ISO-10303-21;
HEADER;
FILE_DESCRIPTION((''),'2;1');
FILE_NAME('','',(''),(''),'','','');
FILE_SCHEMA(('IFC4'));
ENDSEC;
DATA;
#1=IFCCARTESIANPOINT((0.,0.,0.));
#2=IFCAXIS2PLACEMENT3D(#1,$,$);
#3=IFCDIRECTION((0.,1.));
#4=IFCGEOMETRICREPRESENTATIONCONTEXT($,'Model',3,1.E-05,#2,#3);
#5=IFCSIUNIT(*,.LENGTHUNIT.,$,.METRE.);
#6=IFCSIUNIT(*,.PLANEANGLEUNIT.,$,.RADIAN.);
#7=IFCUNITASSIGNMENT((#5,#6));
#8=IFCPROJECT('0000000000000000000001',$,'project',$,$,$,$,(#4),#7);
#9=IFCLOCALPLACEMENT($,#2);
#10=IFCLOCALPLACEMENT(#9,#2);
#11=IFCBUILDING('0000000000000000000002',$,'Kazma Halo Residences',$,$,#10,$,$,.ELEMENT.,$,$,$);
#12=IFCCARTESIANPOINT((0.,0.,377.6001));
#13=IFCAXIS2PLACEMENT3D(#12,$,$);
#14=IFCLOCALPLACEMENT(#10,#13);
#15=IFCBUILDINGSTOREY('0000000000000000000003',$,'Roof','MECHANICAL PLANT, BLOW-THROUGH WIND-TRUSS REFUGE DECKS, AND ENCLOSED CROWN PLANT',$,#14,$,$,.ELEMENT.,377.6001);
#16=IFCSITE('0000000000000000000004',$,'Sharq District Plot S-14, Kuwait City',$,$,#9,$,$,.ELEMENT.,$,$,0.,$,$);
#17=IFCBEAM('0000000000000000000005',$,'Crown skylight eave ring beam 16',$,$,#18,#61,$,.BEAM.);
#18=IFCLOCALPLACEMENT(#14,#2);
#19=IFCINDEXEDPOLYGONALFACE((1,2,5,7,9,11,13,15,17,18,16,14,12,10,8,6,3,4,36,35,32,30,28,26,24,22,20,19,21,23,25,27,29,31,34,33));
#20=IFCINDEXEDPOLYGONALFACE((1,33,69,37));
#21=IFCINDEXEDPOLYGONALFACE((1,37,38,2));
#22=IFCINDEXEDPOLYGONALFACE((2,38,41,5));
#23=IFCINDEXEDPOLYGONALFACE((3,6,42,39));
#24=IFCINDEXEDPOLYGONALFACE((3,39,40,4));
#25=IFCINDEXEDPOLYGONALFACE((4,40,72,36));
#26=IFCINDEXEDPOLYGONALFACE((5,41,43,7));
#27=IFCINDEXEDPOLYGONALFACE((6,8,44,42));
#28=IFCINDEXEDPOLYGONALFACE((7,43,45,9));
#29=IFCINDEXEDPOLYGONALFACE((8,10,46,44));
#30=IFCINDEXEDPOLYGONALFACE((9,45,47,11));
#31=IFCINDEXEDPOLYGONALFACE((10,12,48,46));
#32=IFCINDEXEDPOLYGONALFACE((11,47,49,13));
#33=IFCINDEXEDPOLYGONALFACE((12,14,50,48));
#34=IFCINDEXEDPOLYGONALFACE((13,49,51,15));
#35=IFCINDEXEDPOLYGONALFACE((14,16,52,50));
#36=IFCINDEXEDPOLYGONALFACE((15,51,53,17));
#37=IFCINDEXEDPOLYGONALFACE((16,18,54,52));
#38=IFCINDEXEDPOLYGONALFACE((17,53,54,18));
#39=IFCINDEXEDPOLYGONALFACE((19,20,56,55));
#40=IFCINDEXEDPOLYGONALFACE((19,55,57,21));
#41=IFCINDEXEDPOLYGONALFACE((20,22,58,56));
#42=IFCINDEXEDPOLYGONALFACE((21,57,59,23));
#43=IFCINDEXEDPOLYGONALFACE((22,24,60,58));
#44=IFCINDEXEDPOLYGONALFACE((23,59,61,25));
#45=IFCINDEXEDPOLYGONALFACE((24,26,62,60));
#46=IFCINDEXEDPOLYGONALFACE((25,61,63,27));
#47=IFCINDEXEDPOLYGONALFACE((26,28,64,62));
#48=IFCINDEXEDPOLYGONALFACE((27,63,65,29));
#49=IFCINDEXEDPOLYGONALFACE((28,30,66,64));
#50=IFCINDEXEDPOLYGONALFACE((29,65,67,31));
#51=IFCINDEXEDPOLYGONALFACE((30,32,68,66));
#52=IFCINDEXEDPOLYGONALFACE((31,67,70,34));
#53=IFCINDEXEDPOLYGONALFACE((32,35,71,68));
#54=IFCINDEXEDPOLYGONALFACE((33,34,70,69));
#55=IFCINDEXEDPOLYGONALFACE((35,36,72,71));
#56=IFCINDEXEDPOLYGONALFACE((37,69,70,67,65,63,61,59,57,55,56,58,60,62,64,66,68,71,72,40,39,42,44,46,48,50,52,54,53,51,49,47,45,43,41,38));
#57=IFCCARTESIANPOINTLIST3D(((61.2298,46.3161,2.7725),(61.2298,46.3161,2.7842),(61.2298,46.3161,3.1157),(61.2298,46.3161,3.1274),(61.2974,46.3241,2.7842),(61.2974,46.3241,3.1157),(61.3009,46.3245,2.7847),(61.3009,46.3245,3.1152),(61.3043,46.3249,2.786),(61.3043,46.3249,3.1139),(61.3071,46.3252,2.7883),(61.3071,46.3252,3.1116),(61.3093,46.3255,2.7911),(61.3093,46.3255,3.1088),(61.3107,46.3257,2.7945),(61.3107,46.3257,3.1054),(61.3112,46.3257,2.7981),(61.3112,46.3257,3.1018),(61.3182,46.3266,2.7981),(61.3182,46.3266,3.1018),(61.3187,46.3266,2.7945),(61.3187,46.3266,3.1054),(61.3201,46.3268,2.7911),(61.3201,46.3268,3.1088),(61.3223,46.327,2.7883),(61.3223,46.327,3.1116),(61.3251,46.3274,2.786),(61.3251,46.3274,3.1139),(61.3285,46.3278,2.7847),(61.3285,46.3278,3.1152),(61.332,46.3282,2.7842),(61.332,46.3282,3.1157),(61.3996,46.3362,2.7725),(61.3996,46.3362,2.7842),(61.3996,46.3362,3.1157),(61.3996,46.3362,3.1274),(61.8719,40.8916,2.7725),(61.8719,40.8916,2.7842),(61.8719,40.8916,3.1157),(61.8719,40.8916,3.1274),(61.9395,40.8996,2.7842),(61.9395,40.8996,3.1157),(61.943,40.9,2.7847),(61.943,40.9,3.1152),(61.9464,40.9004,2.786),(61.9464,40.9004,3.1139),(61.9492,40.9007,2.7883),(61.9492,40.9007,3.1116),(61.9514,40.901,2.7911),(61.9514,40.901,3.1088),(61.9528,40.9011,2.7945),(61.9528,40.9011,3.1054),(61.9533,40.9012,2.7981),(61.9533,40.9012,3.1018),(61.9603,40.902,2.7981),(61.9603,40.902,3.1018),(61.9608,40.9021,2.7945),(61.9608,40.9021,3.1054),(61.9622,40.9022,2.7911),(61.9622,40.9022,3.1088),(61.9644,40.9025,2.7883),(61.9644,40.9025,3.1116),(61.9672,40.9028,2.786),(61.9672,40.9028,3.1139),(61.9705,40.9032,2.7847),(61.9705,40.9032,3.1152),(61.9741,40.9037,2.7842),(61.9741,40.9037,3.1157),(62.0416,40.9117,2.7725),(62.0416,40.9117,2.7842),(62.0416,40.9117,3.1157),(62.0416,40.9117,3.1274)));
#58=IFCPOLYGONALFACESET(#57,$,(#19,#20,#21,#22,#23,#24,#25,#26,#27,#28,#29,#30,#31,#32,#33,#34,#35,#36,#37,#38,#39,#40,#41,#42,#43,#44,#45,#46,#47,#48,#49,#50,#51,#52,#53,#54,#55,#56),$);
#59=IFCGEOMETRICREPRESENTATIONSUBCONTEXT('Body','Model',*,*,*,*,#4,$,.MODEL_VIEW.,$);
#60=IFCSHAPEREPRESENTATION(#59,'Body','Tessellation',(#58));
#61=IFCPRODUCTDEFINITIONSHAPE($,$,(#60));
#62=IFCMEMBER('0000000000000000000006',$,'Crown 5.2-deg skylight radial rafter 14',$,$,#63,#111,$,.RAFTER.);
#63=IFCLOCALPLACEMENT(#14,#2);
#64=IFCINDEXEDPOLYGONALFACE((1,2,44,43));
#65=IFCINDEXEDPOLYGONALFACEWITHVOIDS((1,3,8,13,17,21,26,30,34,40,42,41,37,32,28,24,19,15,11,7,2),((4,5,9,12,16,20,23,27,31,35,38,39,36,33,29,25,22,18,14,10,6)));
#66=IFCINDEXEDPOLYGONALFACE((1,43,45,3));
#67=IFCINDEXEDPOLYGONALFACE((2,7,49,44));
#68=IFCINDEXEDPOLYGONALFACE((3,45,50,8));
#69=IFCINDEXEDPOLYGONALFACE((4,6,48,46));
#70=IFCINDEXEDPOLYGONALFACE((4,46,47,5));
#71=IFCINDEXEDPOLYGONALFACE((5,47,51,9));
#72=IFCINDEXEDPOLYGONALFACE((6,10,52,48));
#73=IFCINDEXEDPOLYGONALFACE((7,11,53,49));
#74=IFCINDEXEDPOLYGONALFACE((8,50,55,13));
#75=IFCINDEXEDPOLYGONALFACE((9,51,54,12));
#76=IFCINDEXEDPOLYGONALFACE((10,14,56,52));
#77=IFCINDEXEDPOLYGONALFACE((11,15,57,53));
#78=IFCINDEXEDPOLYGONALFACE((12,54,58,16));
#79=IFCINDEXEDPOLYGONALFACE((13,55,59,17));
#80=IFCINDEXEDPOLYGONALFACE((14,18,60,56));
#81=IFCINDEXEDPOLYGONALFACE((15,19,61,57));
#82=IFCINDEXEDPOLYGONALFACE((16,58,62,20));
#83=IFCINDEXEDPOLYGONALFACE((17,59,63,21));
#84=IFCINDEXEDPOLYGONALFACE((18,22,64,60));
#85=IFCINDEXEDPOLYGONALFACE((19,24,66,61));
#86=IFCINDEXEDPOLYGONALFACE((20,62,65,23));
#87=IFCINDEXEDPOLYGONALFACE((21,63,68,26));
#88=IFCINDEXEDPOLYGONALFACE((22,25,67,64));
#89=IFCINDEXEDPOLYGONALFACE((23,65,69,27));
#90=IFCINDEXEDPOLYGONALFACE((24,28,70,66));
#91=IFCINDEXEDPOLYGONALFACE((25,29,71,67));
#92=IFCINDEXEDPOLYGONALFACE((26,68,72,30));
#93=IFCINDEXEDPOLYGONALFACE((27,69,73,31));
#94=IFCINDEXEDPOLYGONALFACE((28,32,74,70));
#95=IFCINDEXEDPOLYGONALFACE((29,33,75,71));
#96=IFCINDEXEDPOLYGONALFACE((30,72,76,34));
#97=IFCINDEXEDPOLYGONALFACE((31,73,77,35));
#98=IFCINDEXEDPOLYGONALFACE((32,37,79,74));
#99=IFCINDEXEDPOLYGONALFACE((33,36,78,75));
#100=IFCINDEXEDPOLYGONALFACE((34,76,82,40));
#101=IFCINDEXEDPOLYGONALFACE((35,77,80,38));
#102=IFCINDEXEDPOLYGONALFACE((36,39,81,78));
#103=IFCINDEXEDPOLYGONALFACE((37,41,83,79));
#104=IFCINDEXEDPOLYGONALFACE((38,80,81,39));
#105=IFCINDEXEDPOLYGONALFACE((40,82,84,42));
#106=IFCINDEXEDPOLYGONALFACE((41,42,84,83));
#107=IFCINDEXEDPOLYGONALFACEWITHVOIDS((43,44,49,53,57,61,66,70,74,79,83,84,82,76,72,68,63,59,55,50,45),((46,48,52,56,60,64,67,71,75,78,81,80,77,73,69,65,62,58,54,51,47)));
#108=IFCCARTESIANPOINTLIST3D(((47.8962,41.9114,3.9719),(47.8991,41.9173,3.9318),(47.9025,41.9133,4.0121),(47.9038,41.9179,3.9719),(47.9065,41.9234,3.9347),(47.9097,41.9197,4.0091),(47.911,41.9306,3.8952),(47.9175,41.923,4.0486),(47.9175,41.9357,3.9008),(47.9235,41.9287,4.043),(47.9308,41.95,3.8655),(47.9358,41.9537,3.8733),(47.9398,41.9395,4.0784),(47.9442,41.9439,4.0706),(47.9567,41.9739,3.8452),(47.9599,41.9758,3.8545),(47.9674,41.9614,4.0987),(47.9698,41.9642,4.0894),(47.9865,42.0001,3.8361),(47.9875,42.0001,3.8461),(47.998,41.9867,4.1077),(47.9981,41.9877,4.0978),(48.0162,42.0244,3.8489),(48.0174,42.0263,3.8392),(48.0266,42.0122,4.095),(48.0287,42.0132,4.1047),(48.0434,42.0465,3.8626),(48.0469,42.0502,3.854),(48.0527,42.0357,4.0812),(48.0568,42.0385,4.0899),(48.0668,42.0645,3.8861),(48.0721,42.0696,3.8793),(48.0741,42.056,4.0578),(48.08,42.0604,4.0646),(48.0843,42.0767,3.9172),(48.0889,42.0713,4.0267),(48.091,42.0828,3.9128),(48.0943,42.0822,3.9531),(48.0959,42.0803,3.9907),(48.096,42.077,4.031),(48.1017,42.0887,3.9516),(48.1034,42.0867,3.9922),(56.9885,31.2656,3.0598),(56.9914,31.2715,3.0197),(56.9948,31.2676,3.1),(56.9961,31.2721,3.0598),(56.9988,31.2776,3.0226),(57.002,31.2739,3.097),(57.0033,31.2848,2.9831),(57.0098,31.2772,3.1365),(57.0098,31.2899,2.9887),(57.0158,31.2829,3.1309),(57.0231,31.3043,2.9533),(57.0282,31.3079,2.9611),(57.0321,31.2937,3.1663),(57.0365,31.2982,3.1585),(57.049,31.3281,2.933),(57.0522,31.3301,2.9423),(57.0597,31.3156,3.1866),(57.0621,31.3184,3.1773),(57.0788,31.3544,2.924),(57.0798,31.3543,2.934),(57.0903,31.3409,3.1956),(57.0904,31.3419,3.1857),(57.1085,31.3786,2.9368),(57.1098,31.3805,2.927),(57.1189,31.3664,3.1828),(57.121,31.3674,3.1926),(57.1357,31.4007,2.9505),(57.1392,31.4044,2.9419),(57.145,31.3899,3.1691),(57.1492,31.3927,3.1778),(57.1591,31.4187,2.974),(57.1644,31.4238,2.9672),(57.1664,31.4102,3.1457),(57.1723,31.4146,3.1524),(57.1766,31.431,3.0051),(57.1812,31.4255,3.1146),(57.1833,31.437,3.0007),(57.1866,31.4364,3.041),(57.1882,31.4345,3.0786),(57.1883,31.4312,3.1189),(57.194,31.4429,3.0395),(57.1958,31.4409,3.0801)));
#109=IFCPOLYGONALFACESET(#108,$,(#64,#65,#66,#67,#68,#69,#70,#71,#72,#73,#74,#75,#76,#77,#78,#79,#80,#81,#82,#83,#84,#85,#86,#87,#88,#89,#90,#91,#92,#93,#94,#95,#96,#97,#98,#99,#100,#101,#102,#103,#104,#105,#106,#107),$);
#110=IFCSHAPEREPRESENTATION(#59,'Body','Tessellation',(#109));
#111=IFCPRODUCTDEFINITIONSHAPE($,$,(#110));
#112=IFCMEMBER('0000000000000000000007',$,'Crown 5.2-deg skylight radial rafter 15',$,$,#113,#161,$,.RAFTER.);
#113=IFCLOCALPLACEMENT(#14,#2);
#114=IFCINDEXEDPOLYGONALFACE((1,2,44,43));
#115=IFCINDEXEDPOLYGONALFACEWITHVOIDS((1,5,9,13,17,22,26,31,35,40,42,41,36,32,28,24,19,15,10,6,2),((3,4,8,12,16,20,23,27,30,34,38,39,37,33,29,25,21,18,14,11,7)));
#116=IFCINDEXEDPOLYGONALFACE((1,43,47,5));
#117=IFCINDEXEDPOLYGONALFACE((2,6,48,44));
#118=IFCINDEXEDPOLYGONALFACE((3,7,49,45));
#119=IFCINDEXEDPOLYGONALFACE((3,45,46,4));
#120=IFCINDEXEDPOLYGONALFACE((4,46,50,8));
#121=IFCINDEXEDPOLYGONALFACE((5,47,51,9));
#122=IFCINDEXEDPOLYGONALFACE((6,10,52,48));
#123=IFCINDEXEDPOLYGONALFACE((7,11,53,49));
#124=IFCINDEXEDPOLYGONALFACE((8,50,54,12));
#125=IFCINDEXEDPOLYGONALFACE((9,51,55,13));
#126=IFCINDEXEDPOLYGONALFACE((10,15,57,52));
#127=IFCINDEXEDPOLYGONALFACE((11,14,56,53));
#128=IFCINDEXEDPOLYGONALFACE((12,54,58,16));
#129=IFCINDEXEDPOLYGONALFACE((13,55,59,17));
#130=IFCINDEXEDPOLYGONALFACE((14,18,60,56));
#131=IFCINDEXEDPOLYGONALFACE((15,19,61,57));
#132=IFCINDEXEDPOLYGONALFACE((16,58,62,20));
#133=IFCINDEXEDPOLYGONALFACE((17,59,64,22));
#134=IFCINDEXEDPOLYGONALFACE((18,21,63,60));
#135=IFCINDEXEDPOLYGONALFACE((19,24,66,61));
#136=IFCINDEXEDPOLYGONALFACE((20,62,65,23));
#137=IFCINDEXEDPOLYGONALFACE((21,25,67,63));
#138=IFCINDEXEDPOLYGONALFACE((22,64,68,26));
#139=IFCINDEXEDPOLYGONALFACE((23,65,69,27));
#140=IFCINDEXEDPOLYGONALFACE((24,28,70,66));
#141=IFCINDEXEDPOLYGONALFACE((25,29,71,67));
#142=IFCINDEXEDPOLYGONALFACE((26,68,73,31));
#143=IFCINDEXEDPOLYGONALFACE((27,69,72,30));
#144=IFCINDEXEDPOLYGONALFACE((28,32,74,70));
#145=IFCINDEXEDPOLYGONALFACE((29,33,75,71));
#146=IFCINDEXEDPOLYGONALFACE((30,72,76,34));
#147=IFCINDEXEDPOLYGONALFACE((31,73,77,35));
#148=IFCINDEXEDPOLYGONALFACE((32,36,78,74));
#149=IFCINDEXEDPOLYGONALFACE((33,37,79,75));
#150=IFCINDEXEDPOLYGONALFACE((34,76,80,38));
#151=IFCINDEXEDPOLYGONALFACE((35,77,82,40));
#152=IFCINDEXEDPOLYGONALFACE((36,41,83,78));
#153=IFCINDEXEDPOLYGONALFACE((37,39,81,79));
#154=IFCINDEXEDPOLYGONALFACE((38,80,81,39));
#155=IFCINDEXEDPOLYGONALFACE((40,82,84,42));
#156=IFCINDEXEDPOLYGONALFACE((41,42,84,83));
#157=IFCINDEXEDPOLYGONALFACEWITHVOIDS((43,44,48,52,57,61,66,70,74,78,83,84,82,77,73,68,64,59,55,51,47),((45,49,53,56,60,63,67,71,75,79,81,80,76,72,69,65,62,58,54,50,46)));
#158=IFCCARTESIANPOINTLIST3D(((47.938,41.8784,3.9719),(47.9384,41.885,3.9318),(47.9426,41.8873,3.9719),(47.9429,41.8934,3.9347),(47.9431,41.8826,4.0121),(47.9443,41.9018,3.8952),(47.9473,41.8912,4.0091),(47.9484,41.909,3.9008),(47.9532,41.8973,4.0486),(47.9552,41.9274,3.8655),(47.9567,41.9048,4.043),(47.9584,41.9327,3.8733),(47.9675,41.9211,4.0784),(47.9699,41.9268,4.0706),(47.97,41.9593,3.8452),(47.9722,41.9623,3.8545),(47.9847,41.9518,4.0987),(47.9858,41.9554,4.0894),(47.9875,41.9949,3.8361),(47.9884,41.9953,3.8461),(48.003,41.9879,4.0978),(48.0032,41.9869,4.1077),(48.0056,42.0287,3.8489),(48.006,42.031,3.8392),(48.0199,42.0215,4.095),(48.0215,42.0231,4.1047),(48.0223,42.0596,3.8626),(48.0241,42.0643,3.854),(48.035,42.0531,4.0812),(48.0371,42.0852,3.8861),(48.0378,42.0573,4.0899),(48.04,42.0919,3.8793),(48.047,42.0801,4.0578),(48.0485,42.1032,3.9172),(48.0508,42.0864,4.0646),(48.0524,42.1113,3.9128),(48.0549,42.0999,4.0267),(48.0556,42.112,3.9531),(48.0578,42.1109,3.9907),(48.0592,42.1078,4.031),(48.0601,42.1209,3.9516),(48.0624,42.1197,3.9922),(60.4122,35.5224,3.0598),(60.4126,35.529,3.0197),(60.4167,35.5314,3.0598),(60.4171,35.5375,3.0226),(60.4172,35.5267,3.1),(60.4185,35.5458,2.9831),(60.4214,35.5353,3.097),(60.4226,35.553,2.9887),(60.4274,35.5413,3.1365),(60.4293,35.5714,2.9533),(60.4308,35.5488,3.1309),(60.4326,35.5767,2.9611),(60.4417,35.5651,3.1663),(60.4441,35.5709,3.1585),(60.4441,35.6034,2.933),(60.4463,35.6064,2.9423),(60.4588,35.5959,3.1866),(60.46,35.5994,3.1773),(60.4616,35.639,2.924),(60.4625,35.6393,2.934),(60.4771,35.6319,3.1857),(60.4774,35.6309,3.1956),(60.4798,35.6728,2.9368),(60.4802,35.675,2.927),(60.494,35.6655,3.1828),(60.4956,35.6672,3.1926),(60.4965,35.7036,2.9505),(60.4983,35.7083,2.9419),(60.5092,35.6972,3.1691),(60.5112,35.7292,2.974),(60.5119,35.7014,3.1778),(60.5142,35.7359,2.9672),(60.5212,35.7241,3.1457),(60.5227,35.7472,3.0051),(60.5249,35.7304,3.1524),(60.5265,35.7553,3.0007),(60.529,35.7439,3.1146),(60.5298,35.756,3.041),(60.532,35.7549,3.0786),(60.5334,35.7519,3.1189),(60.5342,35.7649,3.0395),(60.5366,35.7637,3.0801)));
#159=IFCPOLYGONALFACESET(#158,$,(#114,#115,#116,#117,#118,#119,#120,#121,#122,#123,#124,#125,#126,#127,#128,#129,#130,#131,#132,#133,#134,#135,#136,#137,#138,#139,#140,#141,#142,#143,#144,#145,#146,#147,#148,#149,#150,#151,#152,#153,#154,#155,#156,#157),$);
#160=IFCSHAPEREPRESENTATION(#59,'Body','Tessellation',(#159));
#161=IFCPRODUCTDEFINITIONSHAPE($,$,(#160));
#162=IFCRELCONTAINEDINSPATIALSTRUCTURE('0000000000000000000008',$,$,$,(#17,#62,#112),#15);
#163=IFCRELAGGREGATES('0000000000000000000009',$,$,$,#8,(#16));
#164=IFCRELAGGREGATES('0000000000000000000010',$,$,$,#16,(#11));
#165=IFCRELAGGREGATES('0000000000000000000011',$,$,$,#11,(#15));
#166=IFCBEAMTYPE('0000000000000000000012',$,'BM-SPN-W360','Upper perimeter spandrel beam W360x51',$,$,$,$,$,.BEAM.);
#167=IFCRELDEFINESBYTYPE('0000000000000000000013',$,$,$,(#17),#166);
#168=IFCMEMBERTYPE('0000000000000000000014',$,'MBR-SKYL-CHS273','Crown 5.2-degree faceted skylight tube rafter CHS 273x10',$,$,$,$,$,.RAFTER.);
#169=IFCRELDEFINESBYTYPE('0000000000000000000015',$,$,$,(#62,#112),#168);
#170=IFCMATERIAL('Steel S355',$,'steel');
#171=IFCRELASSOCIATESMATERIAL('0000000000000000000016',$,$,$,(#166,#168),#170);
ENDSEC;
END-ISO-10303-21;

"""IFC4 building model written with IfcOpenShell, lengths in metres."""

from ifc_helpers import new_model, si_unit, direction, frame, origin, origin_2d, place, context, subcontext, project, spatial, hollow_circle, i_section, extrude, material, material_profile, profile_set, type_object, element, save


model = new_model("IFC4")

# Units and contexts
model_context = context("Model", 3, precision=1e-05, world=origin(), true_north=direction((0.0, 1.0)))
body_context = subcontext(model_context, "Body", "Model", "MODEL_VIEW")
ifc_project = project(units=[si_unit("LENGTHUNIT", "METRE"), si_unit("PLANEANGLEUNIT", "RADIAN")], contexts=[model_context])

# Site, building, storey
site_placement = place(None, origin())
site = spatial("IfcSite", under=ifc_project, at=site_placement, Name="Sharq District Plot S-14, Kuwait City", CompositionType="ELEMENT", RefElevation=0.0)
building_placement = place(site_placement, origin())
building = spatial("IfcBuilding", under=site, at=building_placement, Name="Kazma Halo Residences", CompositionType="ELEMENT")
storey_placement = place(building_placement, frame((0.0, 0.0, 377.6001)))
storey = spatial("IfcBuildingStorey", under=building, at=storey_placement, Name="Roof", Description="MECHANICAL PLANT, BLOW-THROUGH WIND-TRUSS REFUGE DECKS, AND ENCLOSED CROWN PLANT", CompositionType="ELEMENT", Elevation=377.6001)

# Shared definitions
ifc_material_1 = material(Name="Steel S355", Category="steel")

# Beam
ifc_material_profile_1 = material_profile(ifc_material_1, i_section(OverallWidth=0.1709, OverallDepth=0.355, WebThickness=0.0071, FlangeThickness=0.0117, FilletRadius=0.0139, at=origin_2d()), Name="W360x51")
ifc_profile_set_1 = profile_set([ifc_material_profile_1], Name="Steel S355")
beam_type_1 = type_object("IfcBeamType", Name="BM-SPN-W360", Description="Upper perimeter spandrel beam W360x51", PredefinedType="BEAM", material=ifc_profile_set_1)
beam_1_placement = place(storey_placement, frame((61.9568, 40.9016, 2.95), z_axis=(-0.117547, 0.993067, 0.0), x_axis=(-0.993067, -0.117547, 0.0)))
element("IfcBeam", 1, at=beam_1_placement, inside=storey, type_object=beam_type_1, Name="Crown skylight eave ring beam 16", PredefinedType="BEAM", context=body_context, shape_type="SweptSolid", body=[
    extrude(i_section(OverallWidth=0.1709, OverallDepth=0.355, WebThickness=0.0071, FlangeThickness=0.0117, FilletRadius=0.0139, at=origin_2d()), origin(), (0.0, 0.0, 1.0), 5.4624),
])

# Members
ifc_material_profile_2 = material_profile(ifc_material_1, hollow_circle(Radius=0.1365, WallThickness=0.01, at=origin_2d()), Name="CHS273x10")
ifc_profile_set_2 = profile_set([ifc_material_profile_2], Name="Steel S355")
member_type = type_object("IfcMemberType", Name="MBR-SKYL-CHS273", Description="Crown 5.2-degree faceted skylight tube rafter CHS 273x10", PredefinedType="RAFTER", material=ifc_profile_set_2)
for number, where, z_axis, x_axis, name in (
    (2, (57.0923, 31.3542, 3.0598), (-0.648072, 0.758799, 0.065013), (-0.760408, -0.649446, 0.0), "Crown 5.2-deg skylight radial rafter 14"),
    (3, (60.4741, 35.644, 3.0598), (-0.889119, 0.453034, 0.065013), (-0.453995, -0.891004, 0.0), "Crown 5.2-deg skylight radial rafter 15"),
):
    element("IfcMember", number, at=place(storey_placement, frame(where, z_axis=z_axis, x_axis=x_axis)), inside=storey, type_object=member_type, Name=name, PredefinedType="RAFTER", context=body_context, shape_type="SweptSolid", body=[
        extrude(hollow_circle(Radius=0.1365, WallThickness=0.01, at=origin_2d()), origin(), (0.0, 0.0, 1.0), 14.0298),
    ])

save(model, "model.ifc")
